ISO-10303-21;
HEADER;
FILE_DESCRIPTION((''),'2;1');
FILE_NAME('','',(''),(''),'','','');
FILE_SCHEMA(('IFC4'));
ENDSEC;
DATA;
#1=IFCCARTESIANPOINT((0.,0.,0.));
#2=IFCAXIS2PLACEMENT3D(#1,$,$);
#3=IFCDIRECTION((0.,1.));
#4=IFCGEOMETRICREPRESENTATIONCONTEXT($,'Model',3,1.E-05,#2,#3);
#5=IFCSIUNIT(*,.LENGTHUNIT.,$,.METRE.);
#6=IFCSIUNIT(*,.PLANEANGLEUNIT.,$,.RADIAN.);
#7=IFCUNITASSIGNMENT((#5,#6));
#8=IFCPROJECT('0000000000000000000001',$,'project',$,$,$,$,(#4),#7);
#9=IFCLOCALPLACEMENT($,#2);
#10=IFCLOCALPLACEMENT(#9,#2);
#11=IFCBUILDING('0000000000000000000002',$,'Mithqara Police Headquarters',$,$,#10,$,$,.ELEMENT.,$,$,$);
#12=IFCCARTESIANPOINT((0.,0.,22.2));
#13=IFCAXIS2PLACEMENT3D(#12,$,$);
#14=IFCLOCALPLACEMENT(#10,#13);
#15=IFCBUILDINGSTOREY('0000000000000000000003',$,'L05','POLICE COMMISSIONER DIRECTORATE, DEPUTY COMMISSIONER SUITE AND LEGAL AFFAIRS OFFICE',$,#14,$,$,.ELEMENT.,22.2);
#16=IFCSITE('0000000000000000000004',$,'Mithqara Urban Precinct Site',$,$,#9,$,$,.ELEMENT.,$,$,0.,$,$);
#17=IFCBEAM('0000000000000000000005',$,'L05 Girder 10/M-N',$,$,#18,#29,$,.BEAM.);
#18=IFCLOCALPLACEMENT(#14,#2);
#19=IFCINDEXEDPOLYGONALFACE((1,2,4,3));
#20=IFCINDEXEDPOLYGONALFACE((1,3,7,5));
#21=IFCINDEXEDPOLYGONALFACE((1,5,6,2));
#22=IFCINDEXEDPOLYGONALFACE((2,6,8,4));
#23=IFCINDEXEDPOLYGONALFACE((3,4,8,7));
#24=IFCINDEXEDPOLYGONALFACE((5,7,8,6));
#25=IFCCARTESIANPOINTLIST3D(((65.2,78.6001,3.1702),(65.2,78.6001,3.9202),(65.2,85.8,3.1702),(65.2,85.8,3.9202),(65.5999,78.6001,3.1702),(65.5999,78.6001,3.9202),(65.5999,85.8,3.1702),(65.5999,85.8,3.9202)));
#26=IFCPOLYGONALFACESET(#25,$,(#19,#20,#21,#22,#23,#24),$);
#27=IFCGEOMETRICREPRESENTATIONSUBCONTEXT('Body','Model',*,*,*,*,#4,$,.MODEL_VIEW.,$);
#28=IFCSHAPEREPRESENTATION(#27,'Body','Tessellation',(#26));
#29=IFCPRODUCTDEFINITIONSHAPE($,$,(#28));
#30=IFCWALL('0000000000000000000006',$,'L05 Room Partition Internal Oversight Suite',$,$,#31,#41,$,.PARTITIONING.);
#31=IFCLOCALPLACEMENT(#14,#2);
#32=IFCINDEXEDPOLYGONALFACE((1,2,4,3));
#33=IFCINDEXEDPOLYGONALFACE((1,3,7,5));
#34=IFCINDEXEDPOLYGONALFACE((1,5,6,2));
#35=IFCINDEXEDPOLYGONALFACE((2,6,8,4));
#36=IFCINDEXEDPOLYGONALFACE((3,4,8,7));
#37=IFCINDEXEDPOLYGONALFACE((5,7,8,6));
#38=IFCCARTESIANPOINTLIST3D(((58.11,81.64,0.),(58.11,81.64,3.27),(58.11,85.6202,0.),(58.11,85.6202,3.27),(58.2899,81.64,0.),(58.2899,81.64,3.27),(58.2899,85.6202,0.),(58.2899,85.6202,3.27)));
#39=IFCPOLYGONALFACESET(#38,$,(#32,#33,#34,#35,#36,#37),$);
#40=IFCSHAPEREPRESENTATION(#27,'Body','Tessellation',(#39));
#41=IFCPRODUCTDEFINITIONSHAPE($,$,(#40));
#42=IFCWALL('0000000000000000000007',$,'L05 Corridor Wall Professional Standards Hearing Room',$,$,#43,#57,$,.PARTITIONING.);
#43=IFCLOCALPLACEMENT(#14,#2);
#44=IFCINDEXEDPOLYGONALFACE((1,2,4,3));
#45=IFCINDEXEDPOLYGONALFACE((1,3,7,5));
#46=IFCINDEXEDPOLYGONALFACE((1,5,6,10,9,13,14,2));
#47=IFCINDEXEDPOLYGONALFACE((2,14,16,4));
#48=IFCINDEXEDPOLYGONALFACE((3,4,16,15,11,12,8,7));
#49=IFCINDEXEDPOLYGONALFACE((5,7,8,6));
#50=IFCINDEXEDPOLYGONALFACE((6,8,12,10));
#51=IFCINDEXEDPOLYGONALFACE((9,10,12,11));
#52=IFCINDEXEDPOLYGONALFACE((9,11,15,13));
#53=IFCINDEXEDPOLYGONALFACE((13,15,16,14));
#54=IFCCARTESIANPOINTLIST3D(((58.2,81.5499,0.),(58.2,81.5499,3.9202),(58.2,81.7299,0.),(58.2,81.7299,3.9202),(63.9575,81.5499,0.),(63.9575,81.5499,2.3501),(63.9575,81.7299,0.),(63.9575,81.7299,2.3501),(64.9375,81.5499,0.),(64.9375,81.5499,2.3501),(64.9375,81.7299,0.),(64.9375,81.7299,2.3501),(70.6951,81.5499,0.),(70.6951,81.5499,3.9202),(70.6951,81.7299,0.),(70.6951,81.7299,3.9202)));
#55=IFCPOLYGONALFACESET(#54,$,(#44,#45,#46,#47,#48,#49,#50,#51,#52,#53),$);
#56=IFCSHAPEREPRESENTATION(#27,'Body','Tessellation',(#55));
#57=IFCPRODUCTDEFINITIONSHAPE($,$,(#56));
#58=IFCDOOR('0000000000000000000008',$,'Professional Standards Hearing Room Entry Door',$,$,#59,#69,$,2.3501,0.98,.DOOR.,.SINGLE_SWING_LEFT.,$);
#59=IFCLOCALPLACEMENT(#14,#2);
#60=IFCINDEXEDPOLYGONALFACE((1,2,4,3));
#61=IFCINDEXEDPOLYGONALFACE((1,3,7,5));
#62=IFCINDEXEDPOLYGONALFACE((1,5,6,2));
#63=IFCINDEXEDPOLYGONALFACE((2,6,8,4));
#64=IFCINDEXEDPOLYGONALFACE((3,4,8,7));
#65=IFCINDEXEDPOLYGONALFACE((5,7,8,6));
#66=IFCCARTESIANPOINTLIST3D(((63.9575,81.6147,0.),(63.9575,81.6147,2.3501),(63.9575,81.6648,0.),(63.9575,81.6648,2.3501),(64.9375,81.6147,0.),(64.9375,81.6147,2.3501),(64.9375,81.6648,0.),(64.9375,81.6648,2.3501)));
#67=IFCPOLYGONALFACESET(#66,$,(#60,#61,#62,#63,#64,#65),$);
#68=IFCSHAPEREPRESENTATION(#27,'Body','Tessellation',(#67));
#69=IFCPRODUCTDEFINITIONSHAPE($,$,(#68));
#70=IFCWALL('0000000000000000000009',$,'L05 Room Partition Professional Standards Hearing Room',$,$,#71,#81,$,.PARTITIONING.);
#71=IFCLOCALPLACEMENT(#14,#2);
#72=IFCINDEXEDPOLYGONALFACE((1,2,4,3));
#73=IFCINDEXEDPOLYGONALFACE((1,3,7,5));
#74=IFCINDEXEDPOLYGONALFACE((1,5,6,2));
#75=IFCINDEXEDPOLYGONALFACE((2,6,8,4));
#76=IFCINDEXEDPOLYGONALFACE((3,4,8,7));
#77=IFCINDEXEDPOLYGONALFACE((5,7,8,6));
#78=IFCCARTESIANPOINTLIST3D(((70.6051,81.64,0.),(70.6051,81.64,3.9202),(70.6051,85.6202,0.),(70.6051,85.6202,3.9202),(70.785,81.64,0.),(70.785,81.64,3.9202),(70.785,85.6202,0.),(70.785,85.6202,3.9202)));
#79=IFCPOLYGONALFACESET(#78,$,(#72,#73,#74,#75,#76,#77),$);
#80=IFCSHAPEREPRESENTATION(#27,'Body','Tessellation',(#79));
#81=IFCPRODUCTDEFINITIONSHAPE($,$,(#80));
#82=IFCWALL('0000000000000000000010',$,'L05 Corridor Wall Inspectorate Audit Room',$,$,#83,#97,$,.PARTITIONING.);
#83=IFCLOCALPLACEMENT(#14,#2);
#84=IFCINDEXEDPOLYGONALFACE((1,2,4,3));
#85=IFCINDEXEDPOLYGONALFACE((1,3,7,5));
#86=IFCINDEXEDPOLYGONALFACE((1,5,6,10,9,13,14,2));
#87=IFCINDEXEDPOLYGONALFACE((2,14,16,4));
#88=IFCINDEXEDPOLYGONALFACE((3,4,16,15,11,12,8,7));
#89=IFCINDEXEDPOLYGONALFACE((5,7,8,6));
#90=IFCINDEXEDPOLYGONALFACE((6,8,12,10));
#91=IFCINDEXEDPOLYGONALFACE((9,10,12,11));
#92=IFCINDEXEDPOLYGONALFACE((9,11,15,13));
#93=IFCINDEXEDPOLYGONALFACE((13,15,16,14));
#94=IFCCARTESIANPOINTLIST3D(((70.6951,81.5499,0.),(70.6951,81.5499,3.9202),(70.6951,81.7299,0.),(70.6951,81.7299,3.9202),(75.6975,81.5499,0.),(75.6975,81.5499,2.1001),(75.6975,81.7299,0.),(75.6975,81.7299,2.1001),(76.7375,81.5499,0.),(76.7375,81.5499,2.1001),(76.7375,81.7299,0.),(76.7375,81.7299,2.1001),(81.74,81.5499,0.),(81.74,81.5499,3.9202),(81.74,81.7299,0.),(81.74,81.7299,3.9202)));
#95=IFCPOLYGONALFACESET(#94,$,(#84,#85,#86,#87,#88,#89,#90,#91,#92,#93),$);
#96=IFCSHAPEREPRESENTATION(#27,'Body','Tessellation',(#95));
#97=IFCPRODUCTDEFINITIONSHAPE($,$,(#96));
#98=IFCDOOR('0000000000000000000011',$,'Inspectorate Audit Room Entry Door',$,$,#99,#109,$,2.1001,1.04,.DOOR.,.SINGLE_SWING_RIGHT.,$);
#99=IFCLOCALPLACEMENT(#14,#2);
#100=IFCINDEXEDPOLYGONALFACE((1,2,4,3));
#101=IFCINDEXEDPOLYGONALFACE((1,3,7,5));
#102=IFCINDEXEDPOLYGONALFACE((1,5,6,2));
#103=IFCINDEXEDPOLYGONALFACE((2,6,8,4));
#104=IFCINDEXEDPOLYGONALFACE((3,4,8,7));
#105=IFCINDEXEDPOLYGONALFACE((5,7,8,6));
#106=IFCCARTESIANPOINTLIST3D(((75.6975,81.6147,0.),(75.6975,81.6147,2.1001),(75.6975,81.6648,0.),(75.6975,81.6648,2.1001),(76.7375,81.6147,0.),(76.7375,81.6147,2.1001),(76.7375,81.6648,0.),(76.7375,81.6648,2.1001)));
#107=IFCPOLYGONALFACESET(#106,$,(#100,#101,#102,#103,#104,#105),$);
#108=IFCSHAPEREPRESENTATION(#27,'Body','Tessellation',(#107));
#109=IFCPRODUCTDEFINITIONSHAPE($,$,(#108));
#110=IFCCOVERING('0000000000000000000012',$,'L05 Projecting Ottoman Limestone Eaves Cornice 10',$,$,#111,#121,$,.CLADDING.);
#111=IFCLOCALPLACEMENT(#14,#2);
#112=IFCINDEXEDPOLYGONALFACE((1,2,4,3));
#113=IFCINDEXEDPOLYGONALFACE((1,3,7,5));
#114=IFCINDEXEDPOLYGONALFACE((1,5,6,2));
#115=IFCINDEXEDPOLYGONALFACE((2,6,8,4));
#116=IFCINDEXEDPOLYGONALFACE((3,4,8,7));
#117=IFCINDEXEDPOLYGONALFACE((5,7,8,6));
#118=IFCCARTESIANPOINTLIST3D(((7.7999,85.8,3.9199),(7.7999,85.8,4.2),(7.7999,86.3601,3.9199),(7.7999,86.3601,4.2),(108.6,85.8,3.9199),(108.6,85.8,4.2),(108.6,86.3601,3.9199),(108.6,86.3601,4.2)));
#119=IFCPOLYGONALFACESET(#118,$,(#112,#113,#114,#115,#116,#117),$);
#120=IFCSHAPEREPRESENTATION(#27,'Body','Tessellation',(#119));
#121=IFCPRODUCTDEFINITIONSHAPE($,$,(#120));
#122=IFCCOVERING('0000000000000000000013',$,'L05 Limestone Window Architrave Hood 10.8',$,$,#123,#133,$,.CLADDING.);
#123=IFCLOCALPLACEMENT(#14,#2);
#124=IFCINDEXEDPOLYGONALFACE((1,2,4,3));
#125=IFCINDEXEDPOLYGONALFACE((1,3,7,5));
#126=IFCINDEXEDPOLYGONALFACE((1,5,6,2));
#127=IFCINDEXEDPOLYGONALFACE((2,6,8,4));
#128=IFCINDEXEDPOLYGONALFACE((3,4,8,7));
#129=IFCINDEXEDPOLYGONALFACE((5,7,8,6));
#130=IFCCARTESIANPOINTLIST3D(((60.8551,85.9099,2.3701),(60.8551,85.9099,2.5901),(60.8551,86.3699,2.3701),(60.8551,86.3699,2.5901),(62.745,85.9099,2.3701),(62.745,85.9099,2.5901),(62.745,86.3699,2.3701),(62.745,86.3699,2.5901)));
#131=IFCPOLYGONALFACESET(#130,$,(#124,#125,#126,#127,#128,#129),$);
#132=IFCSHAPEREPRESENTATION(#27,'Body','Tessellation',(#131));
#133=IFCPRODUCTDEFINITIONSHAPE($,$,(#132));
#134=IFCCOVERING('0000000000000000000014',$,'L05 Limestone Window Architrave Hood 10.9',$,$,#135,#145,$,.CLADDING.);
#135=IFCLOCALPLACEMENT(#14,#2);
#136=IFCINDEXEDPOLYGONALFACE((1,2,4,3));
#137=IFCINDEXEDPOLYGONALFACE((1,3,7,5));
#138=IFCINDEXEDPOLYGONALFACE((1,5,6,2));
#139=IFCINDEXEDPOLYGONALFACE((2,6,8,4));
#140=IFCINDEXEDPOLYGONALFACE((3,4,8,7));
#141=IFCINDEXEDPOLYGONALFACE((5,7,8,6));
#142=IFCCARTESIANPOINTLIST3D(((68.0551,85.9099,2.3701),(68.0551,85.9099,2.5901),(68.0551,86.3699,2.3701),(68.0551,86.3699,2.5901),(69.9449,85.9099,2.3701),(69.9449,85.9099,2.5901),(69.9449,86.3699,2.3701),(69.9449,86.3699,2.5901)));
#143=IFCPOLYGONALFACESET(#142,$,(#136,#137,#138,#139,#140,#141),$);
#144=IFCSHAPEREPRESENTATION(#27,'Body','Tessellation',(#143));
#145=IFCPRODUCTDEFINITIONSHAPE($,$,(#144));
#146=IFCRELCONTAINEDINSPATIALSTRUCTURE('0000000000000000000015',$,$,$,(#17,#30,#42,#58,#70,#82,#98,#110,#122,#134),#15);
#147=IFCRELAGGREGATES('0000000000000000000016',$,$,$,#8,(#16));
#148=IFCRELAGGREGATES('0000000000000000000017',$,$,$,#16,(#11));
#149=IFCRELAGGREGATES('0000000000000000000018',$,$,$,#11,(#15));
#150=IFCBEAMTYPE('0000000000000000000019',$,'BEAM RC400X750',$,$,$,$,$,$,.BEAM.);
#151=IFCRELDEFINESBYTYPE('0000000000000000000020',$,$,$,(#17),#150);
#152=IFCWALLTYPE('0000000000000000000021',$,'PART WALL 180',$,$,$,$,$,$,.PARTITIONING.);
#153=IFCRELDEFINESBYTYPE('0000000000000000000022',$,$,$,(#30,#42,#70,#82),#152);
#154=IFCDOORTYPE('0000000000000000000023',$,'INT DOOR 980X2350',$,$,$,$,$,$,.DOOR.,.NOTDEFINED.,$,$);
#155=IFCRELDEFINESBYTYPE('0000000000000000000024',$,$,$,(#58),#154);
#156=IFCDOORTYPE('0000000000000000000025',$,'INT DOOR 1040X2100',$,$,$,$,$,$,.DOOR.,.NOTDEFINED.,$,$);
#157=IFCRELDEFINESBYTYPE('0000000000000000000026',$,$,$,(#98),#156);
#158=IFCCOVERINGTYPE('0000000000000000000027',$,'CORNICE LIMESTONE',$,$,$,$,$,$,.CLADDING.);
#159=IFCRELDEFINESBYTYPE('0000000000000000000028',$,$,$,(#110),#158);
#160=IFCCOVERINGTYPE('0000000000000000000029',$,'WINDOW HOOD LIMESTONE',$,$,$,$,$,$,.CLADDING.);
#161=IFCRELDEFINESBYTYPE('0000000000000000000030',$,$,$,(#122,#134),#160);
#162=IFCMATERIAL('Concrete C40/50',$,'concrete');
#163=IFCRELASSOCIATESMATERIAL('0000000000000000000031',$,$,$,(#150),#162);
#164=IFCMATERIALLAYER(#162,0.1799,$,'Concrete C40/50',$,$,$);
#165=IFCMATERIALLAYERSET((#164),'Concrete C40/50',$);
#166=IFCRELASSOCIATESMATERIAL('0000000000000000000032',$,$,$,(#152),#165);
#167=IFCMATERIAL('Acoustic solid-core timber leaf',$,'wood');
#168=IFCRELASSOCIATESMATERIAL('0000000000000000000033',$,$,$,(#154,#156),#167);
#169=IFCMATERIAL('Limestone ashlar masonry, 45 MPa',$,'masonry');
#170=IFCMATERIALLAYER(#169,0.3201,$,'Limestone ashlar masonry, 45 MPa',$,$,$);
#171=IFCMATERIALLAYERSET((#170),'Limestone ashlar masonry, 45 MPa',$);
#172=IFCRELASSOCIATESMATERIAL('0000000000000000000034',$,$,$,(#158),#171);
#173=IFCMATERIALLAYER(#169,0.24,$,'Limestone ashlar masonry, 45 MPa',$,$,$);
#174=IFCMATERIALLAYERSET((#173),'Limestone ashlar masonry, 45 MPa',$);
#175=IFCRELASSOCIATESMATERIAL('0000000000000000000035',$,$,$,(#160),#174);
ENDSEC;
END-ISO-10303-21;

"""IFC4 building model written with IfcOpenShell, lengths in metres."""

from ifc_helpers import new_model, si_unit, direction, frame, frame_2d, origin, origin_2d, place, context, subcontext, project, spatial, rectangle, extrude, material, layer, layer_set, material_profile, profile_set, type_object, element, fill, save


model = new_model("IFC4")

# Units and contexts
model_context = context("Model", 3, precision=1e-05, world=origin(), true_north=direction((0.0, 1.0)))
body_context = subcontext(model_context, "Body", "Model", "MODEL_VIEW")
ifc_project = project(units=[si_unit("LENGTHUNIT", "METRE"), si_unit("PLANEANGLEUNIT", "RADIAN")], contexts=[model_context])

# Site, building, storey
site_placement = place(None, origin())
site = spatial("IfcSite", under=ifc_project, at=site_placement, Name="Mithqara Urban Precinct Site", CompositionType="ELEMENT", RefElevation=0.0)
building_placement = place(site_placement, origin())
building = spatial("IfcBuilding", under=site, at=building_placement, Name="Mithqara Police Headquarters", CompositionType="ELEMENT")
storey_placement = place(building_placement, frame((0.0, 0.0, 22.2)))
storey = spatial("IfcBuildingStorey", under=building, at=storey_placement, Name="L05", Description="POLICE COMMISSIONER DIRECTORATE, DEPUTY COMMISSIONER SUITE AND LEGAL AFFAIRS OFFICE", CompositionType="ELEMENT", Elevation=22.2)

# Beam
ifc_material_1 = material(Name="Concrete C40/50", Category="concrete")
ifc_material_profile_1 = material_profile(ifc_material_1, rectangle(XDim=0.3999, YDim=0.75, at=origin_2d()), Name="RC 400x750")
ifc_profile_set_1 = profile_set([ifc_material_profile_1], Name="Concrete C40/50")
beam_type_1 = type_object("IfcBeamType", Name="BEAM RC400X750", PredefinedType="BEAM", material=ifc_profile_set_1)
beam_1_placement = place(storey_placement, frame((65.3999, 78.6001, 3.5452), z_axis=(0.0, 1.0, 0.0), x_axis=(-1.0, 0.0, 0.0)))
element("IfcBeam", 1, at=beam_1_placement, inside=storey, type_object=beam_type_1, Name="L05 Girder 10/M-N", PredefinedType="BEAM", context=body_context, shape_type="SweptSolid", body=[
    extrude(rectangle(XDim=0.3999, YDim=0.75, at=origin_2d()), origin(), (0.0, 0.0, 1.0), 7.2),
])

# Wall
ifc_layer_1 = layer(ifc_material_1, 0.1799, Name="Concrete C40/50")
ifc_layer_set_1 = layer_set([ifc_layer_1], Name="Concrete C40/50")
wall_type = type_object("IfcWallType", Name="PART WALL 180", PredefinedType="PARTITIONING", material=ifc_layer_set_1)
wall_1_placement = place(storey_placement, frame((58.2, 81.6399, 0.0), z_axis=(0.0, 0.0, 1.0), x_axis=(0.0, 1.0, 0.0)))
element("IfcWall", 2, at=wall_1_placement, inside=storey, type_object=wall_type, Name="L05 Room Partition Internal Oversight Suite", PredefinedType="PARTITIONING", context=body_context, shape_type="SweptSolid", body=[
    extrude(rectangle(XDim=3.9802, YDim=0.1799, at=frame_2d((1.9902, 0.0))), origin(), (0.0, 0.0, 1.0), 3.27),
])

# Wall, opening, door
wall_2_placement = place(storey_placement, frame((58.2, 81.6399, 0.0), z_axis=(0.0, 0.0, 1.0), x_axis=(1.0, 0.0, 0.0)))
wall_2 = element("IfcWall", 3, at=wall_2_placement, inside=storey, type_object=wall_type, Name="L05 Corridor Wall Professional Standards Hearing Room", PredefinedType="PARTITIONING", context=body_context, shape_type="SweptSolid", body=[
    extrude(rectangle(XDim=12.4951, YDim=0.1799, at=frame_2d((6.2476, 0.0))), origin(), (0.0, 0.0, 1.0), 3.9202),
])
opening_1_placement = place(wall_2_placement, frame((5.7576, 0.0, 0.0)))
opening_1 = element("IfcOpeningElement", 4, at=opening_1_placement, cuts=wall_2, PredefinedType="OPENING", context=body_context, shape_type="SweptSolid", body=[
    extrude(rectangle(XDim=0.98, YDim=2.3501, at=frame_2d((0.49, 1.175))), frame((0.0, 0.1001, 0.0), z_axis=(0.0, -1.0, 0.0), x_axis=(1.0, 0.0, 0.0)), (0.0, 0.0, 1.0), 0.2),
])
ifc_material_2 = material(Name="Acoustic solid-core timber leaf", Category="wood")
door_type_1 = type_object("IfcDoorType", Name="INT DOOR 980X2350", OperationType="NOTDEFINED", PredefinedType="DOOR", material=ifc_material_2)
door_1_placement = place(opening_1_placement, origin())
door_1 = element("IfcDoor", 5, at=door_1_placement, inside=storey, type_object=door_type_1, Name="Professional Standards Hearing Room Entry Door", OperationType="SINGLE_SWING_LEFT", OverallHeight=2.3501, OverallWidth=0.98, PredefinedType="DOOR", context=body_context, shape_type="SweptSolid", body=[
    extrude(rectangle(XDim=0.98, YDim=2.3501, at=frame_2d((0.49, 1.175))), frame((0.0, 0.0249, 0.0), z_axis=(0.0, -1.0, 0.0), x_axis=(1.0, 0.0, 0.0)), (0.0, 0.0, 1.0), 0.05),
])
fill(opening_1, door_1)

# Wall
wall_3_placement = place(storey_placement, frame((70.6951, 81.6399, 0.0), z_axis=(0.0, 0.0, 1.0), x_axis=(0.0, 1.0, 0.0)))
element("IfcWall", 6, at=wall_3_placement, inside=storey, type_object=wall_type, Name="L05 Room Partition Professional Standards Hearing Room", PredefinedType="PARTITIONING", context=body_context, shape_type="SweptSolid", body=[
    extrude(rectangle(XDim=3.9802, YDim=0.1799, at=frame_2d((1.9902, 0.0))), origin(), (0.0, 0.0, 1.0), 3.9202),
])

# Wall, opening, door
wall_4_placement = place(storey_placement, frame((70.6951, 81.6399, 0.0), z_axis=(0.0, 0.0, 1.0), x_axis=(1.0, 0.0, 0.0)))
wall_4 = element("IfcWall", 7, at=wall_4_placement, inside=storey, type_object=wall_type, Name="L05 Corridor Wall Inspectorate Audit Room", PredefinedType="PARTITIONING", context=body_context, shape_type="SweptSolid", body=[
    extrude(rectangle(XDim=11.0449, YDim=0.1799, at=frame_2d((5.5225, 0.0))), origin(), (0.0, 0.0, 1.0), 3.9202),
])
opening_2_placement = place(wall_4_placement, frame((5.0024, 0.0, 0.0)))
opening_2 = element("IfcOpeningElement", 8, at=opening_2_placement, cuts=wall_4, PredefinedType="OPENING", context=body_context, shape_type="SweptSolid", body=[
    extrude(rectangle(XDim=1.04, YDim=2.1001, at=frame_2d((0.52, 1.05))), frame((0.0, 0.1001, 0.0), z_axis=(0.0, -1.0, 0.0), x_axis=(1.0, 0.0, 0.0)), (0.0, 0.0, 1.0), 0.2),
])
door_type_2 = type_object("IfcDoorType", Name="INT DOOR 1040X2100", OperationType="NOTDEFINED", PredefinedType="DOOR", material=ifc_material_2)
door_2_placement = place(opening_2_placement, origin())
door_2 = element("IfcDoor", 9, at=door_2_placement, inside=storey, type_object=door_type_2, Name="Inspectorate Audit Room Entry Door", OperationType="SINGLE_SWING_RIGHT", OverallHeight=2.1001, OverallWidth=1.04, PredefinedType="DOOR", context=body_context, shape_type="SweptSolid", body=[
    extrude(rectangle(XDim=1.04, YDim=2.1001, at=frame_2d((0.52, 1.05))), frame((0.0, 0.0249, 0.0), z_axis=(0.0, -1.0, 0.0), x_axis=(1.0, 0.0, 0.0)), (0.0, 0.0, 1.0), 0.05),
])
fill(opening_2, door_2)

# Coverings
ifc_material_3 = material(Name="Limestone ashlar masonry, 45 MPa", Category="masonry")
ifc_layer_2 = layer(ifc_material_3, 0.3201, Name="Limestone ashlar masonry, 45 MPa")
ifc_layer_set_2 = layer_set([ifc_layer_2], Name="Limestone ashlar masonry, 45 MPa")
covering_type_1 = type_object("IfcCoveringType", Name="CORNICE LIMESTONE", PredefinedType="CLADDING", material=ifc_layer_set_2)
covering_placement = place(storey_placement, frame((58.2, 86.0801, 3.9199), z_axis=(0.0, 0.0, 1.0), x_axis=(1.0, 0.0, 0.0)))
element("IfcCovering", 10, at=covering_placement, inside=storey, type_object=covering_type_1, Name="L05 Projecting Ottoman Limestone Eaves Cornice 10", PredefinedType="CLADDING", context=body_context, shape_type="SweptSolid", body=[
    extrude(rectangle(XDim=100.8, YDim=0.5601, at=origin_2d()), origin(), (0.0, 0.0, 1.0), 0.28),
])
ifc_layer_3 = layer(ifc_material_3, 0.24, Name="Limestone ashlar masonry, 45 MPa")
ifc_layer_set_3 = layer_set([ifc_layer_3], Name="Limestone ashlar masonry, 45 MPa")
covering_type_2 = type_object("IfcCoveringType", Name="WINDOW HOOD LIMESTONE", PredefinedType="CLADDING", material=ifc_layer_set_3)
for number, where, z_axis, x_axis, name in (
    (11, (61.8, 86.1399, 2.3701), (0.0, 0.0, 1.0), (1.0, 0.0, 0.0), "L05 Limestone Window Architrave Hood 10.8"),
    (12, (69.0, 86.1399, 2.3701), (0.0, 0.0, 1.0), (1.0, 0.0, 0.0), "L05 Limestone Window Architrave Hood 10.9"),
):
    element("IfcCovering", number, at=place(storey_placement, frame(where, z_axis=z_axis, x_axis=x_axis)), inside=storey, type_object=covering_type_2, Name=name, PredefinedType="CLADDING", context=body_context, shape_type="SweptSolid", body=[
        extrude(rectangle(XDim=1.8899, YDim=0.46, at=origin_2d()), origin(), (0.0, 0.0, 1.0), 0.22),
    ])

save(model, "model.ifc")
